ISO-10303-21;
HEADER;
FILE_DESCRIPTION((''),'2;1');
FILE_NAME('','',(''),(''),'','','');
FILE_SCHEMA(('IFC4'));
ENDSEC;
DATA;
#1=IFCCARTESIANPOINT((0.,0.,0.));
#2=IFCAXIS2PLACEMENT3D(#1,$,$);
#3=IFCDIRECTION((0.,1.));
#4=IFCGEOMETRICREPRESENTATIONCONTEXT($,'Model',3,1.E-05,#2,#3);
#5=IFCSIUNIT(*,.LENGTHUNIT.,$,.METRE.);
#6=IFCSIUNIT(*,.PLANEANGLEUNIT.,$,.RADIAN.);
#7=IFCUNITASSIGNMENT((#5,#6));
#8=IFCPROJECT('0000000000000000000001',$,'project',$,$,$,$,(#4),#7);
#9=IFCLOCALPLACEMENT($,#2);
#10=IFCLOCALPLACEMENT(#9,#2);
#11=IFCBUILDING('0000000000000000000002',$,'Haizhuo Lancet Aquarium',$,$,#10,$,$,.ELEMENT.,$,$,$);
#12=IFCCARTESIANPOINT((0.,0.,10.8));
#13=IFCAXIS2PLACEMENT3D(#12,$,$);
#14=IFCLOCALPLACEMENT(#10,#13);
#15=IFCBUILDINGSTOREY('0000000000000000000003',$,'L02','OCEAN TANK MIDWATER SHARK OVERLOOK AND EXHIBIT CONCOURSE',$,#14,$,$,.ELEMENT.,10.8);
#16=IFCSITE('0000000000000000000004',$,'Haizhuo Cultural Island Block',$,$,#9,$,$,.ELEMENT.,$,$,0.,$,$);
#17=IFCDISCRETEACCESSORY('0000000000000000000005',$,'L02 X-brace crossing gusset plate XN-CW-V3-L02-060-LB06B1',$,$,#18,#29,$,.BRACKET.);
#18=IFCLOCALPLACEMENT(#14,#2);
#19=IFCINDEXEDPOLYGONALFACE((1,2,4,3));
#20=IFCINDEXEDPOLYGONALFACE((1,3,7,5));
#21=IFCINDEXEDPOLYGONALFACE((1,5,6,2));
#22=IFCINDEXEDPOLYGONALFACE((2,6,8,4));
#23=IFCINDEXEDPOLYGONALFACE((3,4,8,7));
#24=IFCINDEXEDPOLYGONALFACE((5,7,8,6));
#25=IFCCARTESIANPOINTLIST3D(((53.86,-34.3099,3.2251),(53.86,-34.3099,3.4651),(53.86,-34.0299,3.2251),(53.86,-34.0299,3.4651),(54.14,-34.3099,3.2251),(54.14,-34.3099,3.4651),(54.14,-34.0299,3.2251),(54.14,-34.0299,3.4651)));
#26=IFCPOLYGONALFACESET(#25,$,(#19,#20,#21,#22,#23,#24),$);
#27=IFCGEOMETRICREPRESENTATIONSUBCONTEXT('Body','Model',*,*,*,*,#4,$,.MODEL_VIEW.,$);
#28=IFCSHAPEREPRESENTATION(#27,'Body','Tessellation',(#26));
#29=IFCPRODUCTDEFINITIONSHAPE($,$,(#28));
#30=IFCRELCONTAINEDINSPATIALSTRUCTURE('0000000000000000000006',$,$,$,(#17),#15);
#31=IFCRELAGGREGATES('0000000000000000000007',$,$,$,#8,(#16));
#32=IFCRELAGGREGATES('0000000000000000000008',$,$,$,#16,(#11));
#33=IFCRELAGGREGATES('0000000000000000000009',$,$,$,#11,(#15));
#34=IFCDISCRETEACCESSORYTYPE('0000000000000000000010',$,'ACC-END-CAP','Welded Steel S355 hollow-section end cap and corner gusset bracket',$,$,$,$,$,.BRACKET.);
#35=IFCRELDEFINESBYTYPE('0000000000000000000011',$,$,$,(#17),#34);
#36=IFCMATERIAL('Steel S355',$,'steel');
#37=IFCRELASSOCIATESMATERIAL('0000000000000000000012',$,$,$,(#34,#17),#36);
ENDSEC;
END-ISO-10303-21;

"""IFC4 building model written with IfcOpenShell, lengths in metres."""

from ifc_helpers import new_model, si_unit, direction, frame, origin, origin_2d, place, context, subcontext, project, spatial, rectangle, extrude, material, type_object, element, save


model = new_model("IFC4")

# Units and contexts
model_context = context("Model", 3, precision=1e-05, world=origin(), true_north=direction((0.0, 1.0)))
body_context = subcontext(model_context, "Body", "Model", "MODEL_VIEW")
ifc_project = project(units=[si_unit("LENGTHUNIT", "METRE"), si_unit("PLANEANGLEUNIT", "RADIAN")], contexts=[model_context])

# Site, building, storey
site_placement = place(None, origin())
site = spatial("IfcSite", under=ifc_project, at=site_placement, Name="Haizhuo Cultural Island Block", CompositionType="ELEMENT", RefElevation=0.0)
building_placement = place(site_placement, origin())
building = spatial("IfcBuilding", under=site, at=building_placement, Name="Haizhuo Lancet Aquarium", CompositionType="ELEMENT")
storey_placement = place(building_placement, frame((0.0, 0.0, 10.8)))
storey = spatial("IfcBuildingStorey", under=building, at=storey_placement, Name="L02", Description="OCEAN TANK MIDWATER SHARK OVERLOOK AND EXHIBIT CONCOURSE", CompositionType="ELEMENT", Elevation=10.8)

# Shared definitions
ifc_material_1 = material(Name="Steel S355", Category="steel")

# Discrete accessory
discrete_accessory_type = type_object("IfcDiscreteAccessoryType", Name="ACC-END-CAP", Description="Welded Steel S355 hollow-section end cap and corner gusset bracket", PredefinedType="BRACKET", material=ifc_material_1)
for number, where, z_axis, x_axis, name in (
    (1, (54.0, -34.1699, 3.2251), (0.0, 0.0, 1.0), (1.0, 0.0, 0.0), "L02 X-brace crossing gusset plate XN-CW-V3-L02-060-LB06B1"),
):
    element("IfcDiscreteAccessory", number, at=place(storey_placement, frame(where, z_axis=z_axis, x_axis=x_axis)), inside=storey, type_object=discrete_accessory_type, material=ifc_material_1, Name=name, PredefinedType="BRACKET", context=body_context, shape_type="SweptSolid", body=[
        extrude(rectangle(XDim=0.28, YDim=0.28, at=origin_2d()), origin(), (0.0, 0.0, 1.0), 0.24),
    ])

save(model, "model.ifc")
